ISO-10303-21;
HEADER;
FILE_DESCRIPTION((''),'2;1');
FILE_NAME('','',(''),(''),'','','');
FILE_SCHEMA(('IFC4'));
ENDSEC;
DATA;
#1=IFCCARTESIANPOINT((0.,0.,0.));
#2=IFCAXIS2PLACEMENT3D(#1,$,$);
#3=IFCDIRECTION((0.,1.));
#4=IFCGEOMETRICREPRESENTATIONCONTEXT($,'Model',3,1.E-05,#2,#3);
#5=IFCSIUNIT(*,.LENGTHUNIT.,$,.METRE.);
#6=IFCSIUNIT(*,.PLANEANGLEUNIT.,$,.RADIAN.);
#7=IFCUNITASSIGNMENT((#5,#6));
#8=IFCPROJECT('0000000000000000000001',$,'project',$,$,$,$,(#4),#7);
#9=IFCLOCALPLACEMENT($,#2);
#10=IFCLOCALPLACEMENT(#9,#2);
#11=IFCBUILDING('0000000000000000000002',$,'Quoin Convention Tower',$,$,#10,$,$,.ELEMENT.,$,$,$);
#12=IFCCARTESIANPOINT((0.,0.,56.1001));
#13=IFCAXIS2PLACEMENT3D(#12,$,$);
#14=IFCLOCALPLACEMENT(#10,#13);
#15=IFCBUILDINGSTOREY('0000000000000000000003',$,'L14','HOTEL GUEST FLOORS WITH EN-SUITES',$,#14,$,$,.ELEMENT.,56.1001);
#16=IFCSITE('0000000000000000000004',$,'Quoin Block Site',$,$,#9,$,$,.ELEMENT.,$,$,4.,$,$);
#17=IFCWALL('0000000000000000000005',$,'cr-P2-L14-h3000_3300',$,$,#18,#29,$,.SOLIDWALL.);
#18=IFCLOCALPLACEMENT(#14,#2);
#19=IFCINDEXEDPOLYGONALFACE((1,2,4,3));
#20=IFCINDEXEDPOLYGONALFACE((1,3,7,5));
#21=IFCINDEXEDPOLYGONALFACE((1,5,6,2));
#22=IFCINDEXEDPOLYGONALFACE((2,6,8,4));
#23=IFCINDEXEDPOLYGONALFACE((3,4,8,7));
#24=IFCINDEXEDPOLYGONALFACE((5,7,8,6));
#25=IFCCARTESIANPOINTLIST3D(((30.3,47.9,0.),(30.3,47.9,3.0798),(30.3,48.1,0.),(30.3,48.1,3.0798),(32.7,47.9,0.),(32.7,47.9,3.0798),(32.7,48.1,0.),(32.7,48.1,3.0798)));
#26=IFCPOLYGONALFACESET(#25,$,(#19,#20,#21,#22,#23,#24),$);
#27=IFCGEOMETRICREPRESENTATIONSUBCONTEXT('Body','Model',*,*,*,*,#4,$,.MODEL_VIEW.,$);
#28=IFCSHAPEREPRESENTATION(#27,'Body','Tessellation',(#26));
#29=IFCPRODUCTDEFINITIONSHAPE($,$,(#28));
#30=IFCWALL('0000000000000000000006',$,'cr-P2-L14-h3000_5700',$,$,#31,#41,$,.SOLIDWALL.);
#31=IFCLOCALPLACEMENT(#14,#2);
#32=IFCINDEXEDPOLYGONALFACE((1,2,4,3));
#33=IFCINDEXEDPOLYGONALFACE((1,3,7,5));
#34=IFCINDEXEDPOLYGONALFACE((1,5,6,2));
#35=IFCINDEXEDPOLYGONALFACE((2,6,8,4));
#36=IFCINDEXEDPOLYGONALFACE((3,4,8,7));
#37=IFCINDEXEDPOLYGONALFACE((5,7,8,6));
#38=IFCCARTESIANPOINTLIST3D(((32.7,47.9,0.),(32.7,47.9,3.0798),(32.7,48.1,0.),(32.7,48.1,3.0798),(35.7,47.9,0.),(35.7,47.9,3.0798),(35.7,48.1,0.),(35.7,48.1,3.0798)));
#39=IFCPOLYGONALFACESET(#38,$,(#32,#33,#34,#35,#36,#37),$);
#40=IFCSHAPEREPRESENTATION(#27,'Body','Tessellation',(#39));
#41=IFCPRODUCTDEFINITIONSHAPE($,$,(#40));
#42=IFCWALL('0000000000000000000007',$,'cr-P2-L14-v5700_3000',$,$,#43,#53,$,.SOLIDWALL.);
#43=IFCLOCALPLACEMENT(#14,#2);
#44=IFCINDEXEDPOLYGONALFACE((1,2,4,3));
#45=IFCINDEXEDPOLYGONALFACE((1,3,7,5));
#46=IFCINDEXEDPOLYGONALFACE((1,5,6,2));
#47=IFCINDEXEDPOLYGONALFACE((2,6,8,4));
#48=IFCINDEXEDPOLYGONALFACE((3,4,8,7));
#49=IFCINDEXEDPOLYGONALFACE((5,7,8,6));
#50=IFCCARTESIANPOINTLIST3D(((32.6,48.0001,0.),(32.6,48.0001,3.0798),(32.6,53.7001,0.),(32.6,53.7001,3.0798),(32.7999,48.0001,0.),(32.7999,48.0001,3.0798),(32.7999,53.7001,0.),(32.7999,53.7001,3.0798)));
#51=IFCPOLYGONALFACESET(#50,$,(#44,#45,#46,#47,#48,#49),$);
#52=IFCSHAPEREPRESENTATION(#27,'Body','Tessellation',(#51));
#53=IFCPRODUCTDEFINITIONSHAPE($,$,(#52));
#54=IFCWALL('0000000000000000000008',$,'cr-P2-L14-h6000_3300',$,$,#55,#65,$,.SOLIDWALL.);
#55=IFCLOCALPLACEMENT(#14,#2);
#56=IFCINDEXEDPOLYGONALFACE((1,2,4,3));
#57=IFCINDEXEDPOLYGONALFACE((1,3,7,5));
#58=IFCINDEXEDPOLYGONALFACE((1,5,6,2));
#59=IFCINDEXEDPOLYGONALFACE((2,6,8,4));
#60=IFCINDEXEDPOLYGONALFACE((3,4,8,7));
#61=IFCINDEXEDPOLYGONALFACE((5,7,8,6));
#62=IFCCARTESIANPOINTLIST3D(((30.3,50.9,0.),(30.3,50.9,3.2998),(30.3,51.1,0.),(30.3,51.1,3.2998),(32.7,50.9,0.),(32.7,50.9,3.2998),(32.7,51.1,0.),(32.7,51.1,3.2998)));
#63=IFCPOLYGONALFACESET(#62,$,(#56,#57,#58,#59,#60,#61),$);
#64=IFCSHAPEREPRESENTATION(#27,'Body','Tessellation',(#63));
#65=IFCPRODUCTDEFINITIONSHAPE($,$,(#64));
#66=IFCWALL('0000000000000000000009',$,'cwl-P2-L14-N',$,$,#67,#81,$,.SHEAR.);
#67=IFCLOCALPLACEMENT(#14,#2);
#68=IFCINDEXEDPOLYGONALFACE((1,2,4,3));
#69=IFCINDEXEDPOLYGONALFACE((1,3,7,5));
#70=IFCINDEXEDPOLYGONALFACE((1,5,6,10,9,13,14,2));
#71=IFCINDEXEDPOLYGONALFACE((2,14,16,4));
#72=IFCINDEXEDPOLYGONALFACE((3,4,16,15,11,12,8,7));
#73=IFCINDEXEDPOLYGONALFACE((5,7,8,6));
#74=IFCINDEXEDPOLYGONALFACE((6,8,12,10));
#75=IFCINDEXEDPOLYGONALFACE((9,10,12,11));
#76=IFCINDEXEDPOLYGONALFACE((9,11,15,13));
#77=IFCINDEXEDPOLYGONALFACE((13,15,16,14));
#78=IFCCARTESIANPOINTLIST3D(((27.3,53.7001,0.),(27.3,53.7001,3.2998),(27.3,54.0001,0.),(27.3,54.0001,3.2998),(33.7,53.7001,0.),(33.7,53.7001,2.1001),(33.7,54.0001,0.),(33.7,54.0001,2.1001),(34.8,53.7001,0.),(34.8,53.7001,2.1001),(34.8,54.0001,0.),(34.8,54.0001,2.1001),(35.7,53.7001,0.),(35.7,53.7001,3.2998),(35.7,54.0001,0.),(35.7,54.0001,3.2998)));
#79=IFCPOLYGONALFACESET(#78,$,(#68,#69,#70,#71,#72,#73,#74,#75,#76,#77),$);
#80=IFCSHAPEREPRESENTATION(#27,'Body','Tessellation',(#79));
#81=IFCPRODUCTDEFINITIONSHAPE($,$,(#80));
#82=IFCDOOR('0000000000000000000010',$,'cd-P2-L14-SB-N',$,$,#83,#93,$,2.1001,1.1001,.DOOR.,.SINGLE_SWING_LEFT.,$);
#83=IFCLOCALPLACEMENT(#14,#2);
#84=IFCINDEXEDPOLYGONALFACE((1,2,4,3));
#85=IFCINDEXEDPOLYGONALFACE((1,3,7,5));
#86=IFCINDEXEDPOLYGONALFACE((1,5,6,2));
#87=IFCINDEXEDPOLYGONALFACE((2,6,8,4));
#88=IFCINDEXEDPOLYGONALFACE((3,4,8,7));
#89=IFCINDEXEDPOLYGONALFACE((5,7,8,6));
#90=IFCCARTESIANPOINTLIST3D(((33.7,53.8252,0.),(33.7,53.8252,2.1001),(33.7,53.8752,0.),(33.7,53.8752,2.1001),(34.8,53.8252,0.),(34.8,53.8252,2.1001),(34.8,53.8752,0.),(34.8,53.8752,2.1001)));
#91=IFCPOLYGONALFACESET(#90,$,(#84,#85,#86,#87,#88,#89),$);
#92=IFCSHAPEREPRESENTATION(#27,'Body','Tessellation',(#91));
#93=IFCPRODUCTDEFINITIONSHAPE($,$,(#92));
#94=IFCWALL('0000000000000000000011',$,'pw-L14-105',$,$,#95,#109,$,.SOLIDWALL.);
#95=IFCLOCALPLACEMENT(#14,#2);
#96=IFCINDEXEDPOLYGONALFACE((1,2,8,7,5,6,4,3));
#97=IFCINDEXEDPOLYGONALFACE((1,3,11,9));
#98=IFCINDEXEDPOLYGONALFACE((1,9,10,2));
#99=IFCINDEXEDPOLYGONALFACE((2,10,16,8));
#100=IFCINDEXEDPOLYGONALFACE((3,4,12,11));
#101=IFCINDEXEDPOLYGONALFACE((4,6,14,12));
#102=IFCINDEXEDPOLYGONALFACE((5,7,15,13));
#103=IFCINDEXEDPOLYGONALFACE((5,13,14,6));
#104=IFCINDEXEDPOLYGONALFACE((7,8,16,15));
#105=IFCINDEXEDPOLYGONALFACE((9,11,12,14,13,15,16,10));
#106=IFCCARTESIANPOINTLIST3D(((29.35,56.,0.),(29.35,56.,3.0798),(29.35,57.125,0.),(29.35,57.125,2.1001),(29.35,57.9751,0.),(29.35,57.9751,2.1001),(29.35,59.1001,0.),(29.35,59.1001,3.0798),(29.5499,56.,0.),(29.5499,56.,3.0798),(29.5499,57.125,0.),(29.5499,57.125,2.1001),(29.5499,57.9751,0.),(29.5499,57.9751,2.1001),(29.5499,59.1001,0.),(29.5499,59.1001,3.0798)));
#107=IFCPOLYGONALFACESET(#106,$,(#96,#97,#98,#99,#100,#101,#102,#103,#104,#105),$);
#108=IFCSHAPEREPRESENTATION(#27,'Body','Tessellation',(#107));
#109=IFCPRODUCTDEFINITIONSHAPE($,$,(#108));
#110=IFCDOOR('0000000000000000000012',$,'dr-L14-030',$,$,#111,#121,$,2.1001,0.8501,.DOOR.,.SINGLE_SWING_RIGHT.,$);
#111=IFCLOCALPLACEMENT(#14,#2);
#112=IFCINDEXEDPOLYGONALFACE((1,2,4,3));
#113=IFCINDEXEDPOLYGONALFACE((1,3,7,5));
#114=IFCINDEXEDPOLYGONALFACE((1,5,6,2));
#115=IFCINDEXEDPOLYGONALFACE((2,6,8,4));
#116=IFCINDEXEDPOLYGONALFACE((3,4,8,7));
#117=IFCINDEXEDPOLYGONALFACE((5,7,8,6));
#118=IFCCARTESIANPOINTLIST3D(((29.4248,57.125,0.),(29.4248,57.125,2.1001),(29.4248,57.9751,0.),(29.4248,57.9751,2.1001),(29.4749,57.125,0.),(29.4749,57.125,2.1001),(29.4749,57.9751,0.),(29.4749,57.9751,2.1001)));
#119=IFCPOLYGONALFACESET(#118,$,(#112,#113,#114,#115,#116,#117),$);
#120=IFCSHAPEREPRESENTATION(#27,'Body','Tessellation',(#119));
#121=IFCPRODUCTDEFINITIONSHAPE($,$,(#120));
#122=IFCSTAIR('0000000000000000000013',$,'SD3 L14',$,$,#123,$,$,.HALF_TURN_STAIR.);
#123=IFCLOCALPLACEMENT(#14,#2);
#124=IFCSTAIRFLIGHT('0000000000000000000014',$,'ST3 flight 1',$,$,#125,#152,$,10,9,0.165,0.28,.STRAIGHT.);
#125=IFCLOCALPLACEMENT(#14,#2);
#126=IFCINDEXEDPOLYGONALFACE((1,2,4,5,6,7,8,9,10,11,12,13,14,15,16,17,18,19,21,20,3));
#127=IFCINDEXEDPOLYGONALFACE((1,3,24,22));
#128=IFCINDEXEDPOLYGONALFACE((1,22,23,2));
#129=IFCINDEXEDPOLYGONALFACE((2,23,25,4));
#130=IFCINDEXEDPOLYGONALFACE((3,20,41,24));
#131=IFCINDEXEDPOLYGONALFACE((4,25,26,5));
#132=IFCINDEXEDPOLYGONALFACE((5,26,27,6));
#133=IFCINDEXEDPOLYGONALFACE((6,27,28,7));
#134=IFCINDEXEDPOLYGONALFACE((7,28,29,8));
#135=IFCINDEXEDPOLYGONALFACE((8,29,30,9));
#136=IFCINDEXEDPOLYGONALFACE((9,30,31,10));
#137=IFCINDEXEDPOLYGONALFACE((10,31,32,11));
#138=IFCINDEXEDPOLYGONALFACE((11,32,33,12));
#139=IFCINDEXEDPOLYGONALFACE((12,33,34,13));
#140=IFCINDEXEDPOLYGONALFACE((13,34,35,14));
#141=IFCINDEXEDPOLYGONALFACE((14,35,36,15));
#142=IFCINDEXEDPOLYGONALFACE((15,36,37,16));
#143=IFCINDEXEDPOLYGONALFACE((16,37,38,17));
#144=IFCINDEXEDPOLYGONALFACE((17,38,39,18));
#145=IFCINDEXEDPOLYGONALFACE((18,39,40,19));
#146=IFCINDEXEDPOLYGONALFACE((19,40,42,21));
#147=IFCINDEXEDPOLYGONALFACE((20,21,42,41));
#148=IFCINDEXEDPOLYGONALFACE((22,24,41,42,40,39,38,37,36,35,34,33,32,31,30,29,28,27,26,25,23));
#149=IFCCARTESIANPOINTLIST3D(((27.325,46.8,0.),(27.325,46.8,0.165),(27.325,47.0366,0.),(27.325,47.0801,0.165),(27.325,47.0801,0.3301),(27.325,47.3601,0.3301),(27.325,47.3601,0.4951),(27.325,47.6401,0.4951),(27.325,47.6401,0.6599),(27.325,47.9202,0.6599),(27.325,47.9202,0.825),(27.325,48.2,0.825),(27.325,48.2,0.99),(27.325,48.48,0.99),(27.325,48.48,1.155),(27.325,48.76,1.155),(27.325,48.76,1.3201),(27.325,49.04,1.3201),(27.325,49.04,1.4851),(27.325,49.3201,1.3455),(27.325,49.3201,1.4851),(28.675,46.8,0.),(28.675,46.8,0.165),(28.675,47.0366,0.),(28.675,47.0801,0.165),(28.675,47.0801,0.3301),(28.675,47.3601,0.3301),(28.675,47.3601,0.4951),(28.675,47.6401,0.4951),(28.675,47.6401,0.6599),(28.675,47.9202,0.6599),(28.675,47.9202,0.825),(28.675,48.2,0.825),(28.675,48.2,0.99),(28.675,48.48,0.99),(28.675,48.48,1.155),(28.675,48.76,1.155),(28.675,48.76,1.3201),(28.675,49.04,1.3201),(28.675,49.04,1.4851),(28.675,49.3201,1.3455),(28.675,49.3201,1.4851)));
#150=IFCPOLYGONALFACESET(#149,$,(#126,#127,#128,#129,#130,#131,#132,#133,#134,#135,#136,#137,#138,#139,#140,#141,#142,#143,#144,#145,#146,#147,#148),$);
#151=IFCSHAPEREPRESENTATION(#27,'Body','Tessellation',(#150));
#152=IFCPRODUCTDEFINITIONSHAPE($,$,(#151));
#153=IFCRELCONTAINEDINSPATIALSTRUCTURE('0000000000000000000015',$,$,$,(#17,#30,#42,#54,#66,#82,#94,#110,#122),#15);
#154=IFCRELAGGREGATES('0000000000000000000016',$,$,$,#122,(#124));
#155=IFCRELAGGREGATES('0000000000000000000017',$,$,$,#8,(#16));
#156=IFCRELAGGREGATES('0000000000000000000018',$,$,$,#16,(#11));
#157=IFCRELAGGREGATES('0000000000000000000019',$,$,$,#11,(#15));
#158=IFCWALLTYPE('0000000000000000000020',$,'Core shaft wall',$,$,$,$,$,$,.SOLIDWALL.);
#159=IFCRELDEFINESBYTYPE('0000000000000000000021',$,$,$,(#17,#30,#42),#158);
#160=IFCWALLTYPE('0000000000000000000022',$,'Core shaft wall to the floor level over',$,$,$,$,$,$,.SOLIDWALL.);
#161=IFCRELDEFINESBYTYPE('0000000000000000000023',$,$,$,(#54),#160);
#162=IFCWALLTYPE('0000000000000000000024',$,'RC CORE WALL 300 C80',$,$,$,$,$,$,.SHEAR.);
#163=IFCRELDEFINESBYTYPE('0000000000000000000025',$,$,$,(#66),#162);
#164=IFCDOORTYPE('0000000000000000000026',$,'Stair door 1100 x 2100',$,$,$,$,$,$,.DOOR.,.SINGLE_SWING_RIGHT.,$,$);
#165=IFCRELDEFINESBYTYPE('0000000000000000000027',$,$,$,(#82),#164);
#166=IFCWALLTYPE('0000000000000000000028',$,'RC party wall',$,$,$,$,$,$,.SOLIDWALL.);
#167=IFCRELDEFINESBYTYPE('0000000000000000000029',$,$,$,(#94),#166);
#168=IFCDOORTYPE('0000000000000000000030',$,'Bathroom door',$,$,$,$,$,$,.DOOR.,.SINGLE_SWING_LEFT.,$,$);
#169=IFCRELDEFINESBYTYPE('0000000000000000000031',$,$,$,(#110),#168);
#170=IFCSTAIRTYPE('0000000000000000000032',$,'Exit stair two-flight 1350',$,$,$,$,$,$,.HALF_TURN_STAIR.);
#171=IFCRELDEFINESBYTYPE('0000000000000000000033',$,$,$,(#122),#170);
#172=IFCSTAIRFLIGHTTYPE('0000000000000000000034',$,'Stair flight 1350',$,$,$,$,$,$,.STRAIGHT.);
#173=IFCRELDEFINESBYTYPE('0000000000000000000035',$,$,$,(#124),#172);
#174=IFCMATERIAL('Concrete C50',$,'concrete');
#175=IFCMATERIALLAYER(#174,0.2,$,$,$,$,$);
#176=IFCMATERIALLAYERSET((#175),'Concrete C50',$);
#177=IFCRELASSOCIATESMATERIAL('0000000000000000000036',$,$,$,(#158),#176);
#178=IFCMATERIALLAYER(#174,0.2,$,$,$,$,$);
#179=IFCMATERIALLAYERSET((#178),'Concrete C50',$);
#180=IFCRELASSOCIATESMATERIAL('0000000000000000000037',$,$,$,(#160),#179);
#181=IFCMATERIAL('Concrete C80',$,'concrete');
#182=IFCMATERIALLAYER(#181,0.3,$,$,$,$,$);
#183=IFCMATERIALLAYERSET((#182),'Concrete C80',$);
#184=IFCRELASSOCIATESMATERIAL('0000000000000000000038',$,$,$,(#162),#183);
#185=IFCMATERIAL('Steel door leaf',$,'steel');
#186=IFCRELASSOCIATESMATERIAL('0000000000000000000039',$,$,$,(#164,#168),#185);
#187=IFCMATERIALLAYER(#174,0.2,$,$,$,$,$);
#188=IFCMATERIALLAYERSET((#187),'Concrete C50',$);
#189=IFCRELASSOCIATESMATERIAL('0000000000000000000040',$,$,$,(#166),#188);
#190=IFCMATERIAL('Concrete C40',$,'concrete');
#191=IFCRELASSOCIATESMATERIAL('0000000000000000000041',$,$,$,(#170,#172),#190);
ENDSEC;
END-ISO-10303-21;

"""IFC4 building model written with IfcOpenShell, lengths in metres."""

from ifc_helpers import new_model, si_unit, direction, frame, frame_2d, origin, place, context, subcontext, project, spatial, polyline, rectangle, outline, extrude, material, layer, layer_set, type_object, element, fill, aggregate, save


model = new_model("IFC4")

# Units and contexts
model_context = context("Model", 3, precision=1e-05, world=origin(), true_north=direction((0.0, 1.0)))
body_context = subcontext(model_context, "Body", "Model", "MODEL_VIEW")
ifc_project = project(units=[si_unit("LENGTHUNIT", "METRE"), si_unit("PLANEANGLEUNIT", "RADIAN")], contexts=[model_context])

# Site, building, storey
site_placement = place(None, origin())
site = spatial("IfcSite", under=ifc_project, at=site_placement, Name="Quoin Block Site", CompositionType="ELEMENT", RefElevation=4.0)
building_placement = place(site_placement, origin())
building = spatial("IfcBuilding", under=site, at=building_placement, Name="Quoin Convention Tower", CompositionType="ELEMENT")
storey_placement = place(building_placement, frame((0.0, 0.0, 56.1001)))
storey = spatial("IfcBuildingStorey", under=building, at=storey_placement, Name="L14", Description="HOTEL GUEST FLOORS WITH EN-SUITES", CompositionType="ELEMENT", Elevation=56.1001)

# Walls
ifc_material_1 = material(Name="Concrete C50", Category="concrete")
ifc_layer_1 = layer(ifc_material_1, 0.2)
ifc_layer_set_1 = layer_set([ifc_layer_1], Name="Concrete C50")
wall_type_1 = type_object("IfcWallType", Name="Core shaft wall", PredefinedType="SOLIDWALL", material=ifc_layer_set_1)
wall_1_placement = place(storey_placement, frame((30.3, 48.0, 0.0), z_axis=(0.0, 0.0, 1.0), x_axis=(1.0, 0.0, 0.0)))
element("IfcWall", 1, at=wall_1_placement, inside=storey, type_object=wall_type_1, Name="cr-P2-L14-h3000_3300", PredefinedType="SOLIDWALL", context=body_context, shape_type="SweptSolid", body=[
    extrude(rectangle(XDim=2.3999, YDim=0.2, at=frame_2d((1.2, 0.0))), origin(), (0.0, 0.0, 1.0), 3.0798),
])
wall_2_placement = place(storey_placement, frame((32.7, 48.0, 0.0), z_axis=(0.0, 0.0, 1.0), x_axis=(1.0, 0.0, 0.0)))
element("IfcWall", 2, at=wall_2_placement, inside=storey, type_object=wall_type_1, Name="cr-P2-L14-h3000_5700", PredefinedType="SOLIDWALL", context=body_context, shape_type="SweptSolid", body=[
    extrude(rectangle(XDim=3.0, YDim=0.2, at=frame_2d((1.5, 0.0))), origin(), (0.0, 0.0, 1.0), 3.0798),
])
wall_3_placement = place(storey_placement, frame((32.7, 48.0, 0.0), z_axis=(0.0, 0.0, 1.0), x_axis=(0.0, 1.0, 0.0)))
element("IfcWall", 3, at=wall_3_placement, inside=storey, type_object=wall_type_1, Name="cr-P2-L14-v5700_3000", PredefinedType="SOLIDWALL", context=body_context, shape_type="SweptSolid", body=[
    extrude(rectangle(XDim=5.7, YDim=0.2, at=frame_2d((2.8501, 0.0))), origin(), (0.0, 0.0, 1.0), 3.0798),
])
ifc_layer_2 = layer(ifc_material_1, 0.2)
ifc_layer_set_2 = layer_set([ifc_layer_2], Name="Concrete C50")
wall_type_2 = type_object("IfcWallType", Name="Core shaft wall to the floor level over", PredefinedType="SOLIDWALL", material=ifc_layer_set_2)
wall_4_placement = place(storey_placement, frame((30.3, 51.0, 0.0), z_axis=(0.0, 0.0, 1.0), x_axis=(1.0, 0.0, 0.0)))
element("IfcWall", 4, at=wall_4_placement, inside=storey, type_object=wall_type_2, Name="cr-P2-L14-h6000_3300", PredefinedType="SOLIDWALL", context=body_context, shape_type="SweptSolid", body=[
    extrude(rectangle(XDim=2.3999, YDim=0.2, at=frame_2d((1.2, 0.0))), origin(), (0.0, 0.0, 1.0), 3.2998),
])

# Walls, openings, doors
ifc_material_2 = material(Name="Concrete C80", Category="concrete")
ifc_layer_3 = layer(ifc_material_2, 0.3)
ifc_layer_set_3 = layer_set([ifc_layer_3], Name="Concrete C80")
wall_type_3 = type_object("IfcWallType", Name="RC CORE WALL 300 C80", PredefinedType="SHEAR", material=ifc_layer_set_3)
wall_5_placement = place(storey_placement, frame((27.3, 53.8501, 0.0), z_axis=(0.0, 0.0, 1.0), x_axis=(1.0, 0.0, 0.0)))
wall_5 = element("IfcWall", 5, at=wall_5_placement, inside=storey, type_object=wall_type_3, Name="cwl-P2-L14-N", PredefinedType="SHEAR", context=body_context, shape_type="SweptSolid", body=[
    extrude(rectangle(XDim=8.3999, YDim=0.3, at=frame_2d((4.2, 0.0))), origin(), (0.0, 0.0, 1.0), 3.2998),
])
opening_1_placement = place(wall_5_placement, frame((6.3999, 0.0, 0.0)))
opening_1 = element("IfcOpeningElement", 6, at=opening_1_placement, cuts=wall_5, PredefinedType="OPENING", context=body_context, shape_type="SweptSolid", body=[
    extrude(rectangle(XDim=1.1001, YDim=2.1001, at=frame_2d((0.55, 1.05))), frame((0.0, 0.1599, 0.0), z_axis=(0.0, -1.0, 0.0), x_axis=(1.0, 0.0, 0.0)), (0.0, 0.0, 1.0), 0.3201),
])
ifc_material_3 = material(Name="Steel door leaf", Category="steel")
door_type_1 = type_object("IfcDoorType", Name="Stair door 1100 x 2100", OperationType="SINGLE_SWING_RIGHT", PredefinedType="DOOR", material=ifc_material_3)
door_1_placement = place(opening_1_placement, frame((1.1001, 0.0, 0.0), z_axis=(0.0, 0.0, 1.0), x_axis=(-1.0, 0.0, 0.0)))
door_1 = element("IfcDoor", 7, at=door_1_placement, inside=storey, type_object=door_type_1, Name="cd-P2-L14-SB-N", OperationType="SINGLE_SWING_LEFT", OverallHeight=2.1001, OverallWidth=1.1001, PredefinedType="DOOR", context=body_context, shape_type="SweptSolid", body=[
    extrude(rectangle(XDim=1.1001, YDim=2.1001, at=frame_2d((0.55, 1.05))), frame((0.0, 0.0249, 0.0), z_axis=(0.0, -1.0, 0.0), x_axis=(1.0, 0.0, 0.0)), (0.0, 0.0, 1.0), 0.05),
])
fill(opening_1, door_1)
ifc_layer_4 = layer(ifc_material_1, 0.2)
ifc_layer_set_4 = layer_set([ifc_layer_4], Name="Concrete C50")
wall_type_4 = type_object("IfcWallType", Name="RC party wall", PredefinedType="SOLIDWALL", material=ifc_layer_set_4)
wall_6_placement = place(storey_placement, frame((29.45, 56.0, 0.0), z_axis=(0.0, 0.0, 1.0), x_axis=(0.0, 1.0, 0.0)))
wall_6 = element("IfcWall", 8, at=wall_6_placement, inside=storey, type_object=wall_type_4, Name="pw-L14-105", PredefinedType="SOLIDWALL", context=body_context, shape_type="SweptSolid", body=[
    extrude(rectangle(XDim=3.1001, YDim=0.2, at=frame_2d((1.55, 0.0))), origin(), (0.0, 0.0, 1.0), 3.0798),
])
opening_2_placement = place(wall_6_placement, frame((1.125, 0.0, 0.0)))
opening_2 = element("IfcOpeningElement", 9, at=opening_2_placement, cuts=wall_6, PredefinedType="OPENING", context=body_context, shape_type="SweptSolid", body=[
    extrude(rectangle(XDim=0.8501, YDim=2.1001, at=frame_2d((0.425, 1.05))), frame((0.0, 0.1099, 0.0), z_axis=(0.0, -1.0, 0.0), x_axis=(1.0, 0.0, 0.0)), (0.0, 0.0, 1.0), 0.22),
])
door_type_2 = type_object("IfcDoorType", Name="Bathroom door", OperationType="SINGLE_SWING_LEFT", PredefinedType="DOOR", material=ifc_material_3)
door_2_placement = place(opening_2_placement, frame((0.8501, 0.0, 0.0), z_axis=(0.0, 0.0, 1.0), x_axis=(-1.0, 0.0, 0.0)))
door_2 = element("IfcDoor", 10, at=door_2_placement, inside=storey, type_object=door_type_2, Name="dr-L14-030", OperationType="SINGLE_SWING_RIGHT", OverallHeight=2.1001, OverallWidth=0.8501, PredefinedType="DOOR", context=body_context, shape_type="SweptSolid", body=[
    extrude(rectangle(XDim=0.8501, YDim=2.1001, at=frame_2d((0.425, 1.05))), frame((0.0, 0.0249, 0.0), z_axis=(0.0, -1.0, 0.0), x_axis=(1.0, 0.0, 0.0)), (0.0, 0.0, 1.0), 0.05),
])
fill(opening_2, door_2)

# Stair, stair flight
ifc_material_4 = material(Name="Concrete C40", Category="concrete")
stair_type = type_object("IfcStairType", Name="Exit stair two-flight 1350", PredefinedType="HALF_TURN_STAIR", material=ifc_material_4)
stair_1_placement = place(storey_placement, origin())
stair_1 = element("IfcStair", 11, at=stair_1_placement, inside=storey, type_object=stair_type, Name="SD3 L14", PredefinedType="HALF_TURN_STAIR")
stair_flight_type = type_object("IfcStairFlightType", Name="Stair flight 1350", PredefinedType="STRAIGHT", material=ifc_material_4)
stair_flight_1_placement = place(storey_placement, frame((28.0, 46.8, 0.0), z_axis=(0.0, 0.0, 1.0), x_axis=(0.0, 1.0, 0.0)))
stair_flight_1 = element("IfcStairFlight", 12, at=stair_flight_1_placement, type_object=stair_flight_type, Name="ST3 flight 1", NumberOfRisers=10, NumberOfTreads=9, PredefinedType="STRAIGHT", RiserHeight=0.165, TreadLength=0.28, context=body_context, shape_type="SweptSolid", body=[
    extrude(outline(polyline([(0.0, 0.0), (0.0, 0.165), (0.28, 0.165), (0.28, 0.3301), (0.5601, 0.3301), (0.5601, 0.4951), (0.8401, 0.4951), (0.8401, 0.6599), (1.1201, 0.6599), (1.1201, 0.825), (1.3999, 0.825), (1.3999, 0.99), (1.6799, 0.99), (1.6799, 1.155), (1.96, 1.155), (1.96, 1.3201), (2.24, 1.3201), (2.24, 1.4851), (2.52, 1.4851), (2.52, 1.6499), (2.52, 1.3455), (0.2366, 0.0), (0.0, 0.0)])), frame((0.0, 0.675, 0.0), z_axis=(0.0, -1.0, 0.0), x_axis=(1.0, 0.0, 0.0)), (0.0, 0.0, 1.0), 1.3501),
])
aggregate(stair_1, [stair_flight_1])

save(model, "model.ifc")
